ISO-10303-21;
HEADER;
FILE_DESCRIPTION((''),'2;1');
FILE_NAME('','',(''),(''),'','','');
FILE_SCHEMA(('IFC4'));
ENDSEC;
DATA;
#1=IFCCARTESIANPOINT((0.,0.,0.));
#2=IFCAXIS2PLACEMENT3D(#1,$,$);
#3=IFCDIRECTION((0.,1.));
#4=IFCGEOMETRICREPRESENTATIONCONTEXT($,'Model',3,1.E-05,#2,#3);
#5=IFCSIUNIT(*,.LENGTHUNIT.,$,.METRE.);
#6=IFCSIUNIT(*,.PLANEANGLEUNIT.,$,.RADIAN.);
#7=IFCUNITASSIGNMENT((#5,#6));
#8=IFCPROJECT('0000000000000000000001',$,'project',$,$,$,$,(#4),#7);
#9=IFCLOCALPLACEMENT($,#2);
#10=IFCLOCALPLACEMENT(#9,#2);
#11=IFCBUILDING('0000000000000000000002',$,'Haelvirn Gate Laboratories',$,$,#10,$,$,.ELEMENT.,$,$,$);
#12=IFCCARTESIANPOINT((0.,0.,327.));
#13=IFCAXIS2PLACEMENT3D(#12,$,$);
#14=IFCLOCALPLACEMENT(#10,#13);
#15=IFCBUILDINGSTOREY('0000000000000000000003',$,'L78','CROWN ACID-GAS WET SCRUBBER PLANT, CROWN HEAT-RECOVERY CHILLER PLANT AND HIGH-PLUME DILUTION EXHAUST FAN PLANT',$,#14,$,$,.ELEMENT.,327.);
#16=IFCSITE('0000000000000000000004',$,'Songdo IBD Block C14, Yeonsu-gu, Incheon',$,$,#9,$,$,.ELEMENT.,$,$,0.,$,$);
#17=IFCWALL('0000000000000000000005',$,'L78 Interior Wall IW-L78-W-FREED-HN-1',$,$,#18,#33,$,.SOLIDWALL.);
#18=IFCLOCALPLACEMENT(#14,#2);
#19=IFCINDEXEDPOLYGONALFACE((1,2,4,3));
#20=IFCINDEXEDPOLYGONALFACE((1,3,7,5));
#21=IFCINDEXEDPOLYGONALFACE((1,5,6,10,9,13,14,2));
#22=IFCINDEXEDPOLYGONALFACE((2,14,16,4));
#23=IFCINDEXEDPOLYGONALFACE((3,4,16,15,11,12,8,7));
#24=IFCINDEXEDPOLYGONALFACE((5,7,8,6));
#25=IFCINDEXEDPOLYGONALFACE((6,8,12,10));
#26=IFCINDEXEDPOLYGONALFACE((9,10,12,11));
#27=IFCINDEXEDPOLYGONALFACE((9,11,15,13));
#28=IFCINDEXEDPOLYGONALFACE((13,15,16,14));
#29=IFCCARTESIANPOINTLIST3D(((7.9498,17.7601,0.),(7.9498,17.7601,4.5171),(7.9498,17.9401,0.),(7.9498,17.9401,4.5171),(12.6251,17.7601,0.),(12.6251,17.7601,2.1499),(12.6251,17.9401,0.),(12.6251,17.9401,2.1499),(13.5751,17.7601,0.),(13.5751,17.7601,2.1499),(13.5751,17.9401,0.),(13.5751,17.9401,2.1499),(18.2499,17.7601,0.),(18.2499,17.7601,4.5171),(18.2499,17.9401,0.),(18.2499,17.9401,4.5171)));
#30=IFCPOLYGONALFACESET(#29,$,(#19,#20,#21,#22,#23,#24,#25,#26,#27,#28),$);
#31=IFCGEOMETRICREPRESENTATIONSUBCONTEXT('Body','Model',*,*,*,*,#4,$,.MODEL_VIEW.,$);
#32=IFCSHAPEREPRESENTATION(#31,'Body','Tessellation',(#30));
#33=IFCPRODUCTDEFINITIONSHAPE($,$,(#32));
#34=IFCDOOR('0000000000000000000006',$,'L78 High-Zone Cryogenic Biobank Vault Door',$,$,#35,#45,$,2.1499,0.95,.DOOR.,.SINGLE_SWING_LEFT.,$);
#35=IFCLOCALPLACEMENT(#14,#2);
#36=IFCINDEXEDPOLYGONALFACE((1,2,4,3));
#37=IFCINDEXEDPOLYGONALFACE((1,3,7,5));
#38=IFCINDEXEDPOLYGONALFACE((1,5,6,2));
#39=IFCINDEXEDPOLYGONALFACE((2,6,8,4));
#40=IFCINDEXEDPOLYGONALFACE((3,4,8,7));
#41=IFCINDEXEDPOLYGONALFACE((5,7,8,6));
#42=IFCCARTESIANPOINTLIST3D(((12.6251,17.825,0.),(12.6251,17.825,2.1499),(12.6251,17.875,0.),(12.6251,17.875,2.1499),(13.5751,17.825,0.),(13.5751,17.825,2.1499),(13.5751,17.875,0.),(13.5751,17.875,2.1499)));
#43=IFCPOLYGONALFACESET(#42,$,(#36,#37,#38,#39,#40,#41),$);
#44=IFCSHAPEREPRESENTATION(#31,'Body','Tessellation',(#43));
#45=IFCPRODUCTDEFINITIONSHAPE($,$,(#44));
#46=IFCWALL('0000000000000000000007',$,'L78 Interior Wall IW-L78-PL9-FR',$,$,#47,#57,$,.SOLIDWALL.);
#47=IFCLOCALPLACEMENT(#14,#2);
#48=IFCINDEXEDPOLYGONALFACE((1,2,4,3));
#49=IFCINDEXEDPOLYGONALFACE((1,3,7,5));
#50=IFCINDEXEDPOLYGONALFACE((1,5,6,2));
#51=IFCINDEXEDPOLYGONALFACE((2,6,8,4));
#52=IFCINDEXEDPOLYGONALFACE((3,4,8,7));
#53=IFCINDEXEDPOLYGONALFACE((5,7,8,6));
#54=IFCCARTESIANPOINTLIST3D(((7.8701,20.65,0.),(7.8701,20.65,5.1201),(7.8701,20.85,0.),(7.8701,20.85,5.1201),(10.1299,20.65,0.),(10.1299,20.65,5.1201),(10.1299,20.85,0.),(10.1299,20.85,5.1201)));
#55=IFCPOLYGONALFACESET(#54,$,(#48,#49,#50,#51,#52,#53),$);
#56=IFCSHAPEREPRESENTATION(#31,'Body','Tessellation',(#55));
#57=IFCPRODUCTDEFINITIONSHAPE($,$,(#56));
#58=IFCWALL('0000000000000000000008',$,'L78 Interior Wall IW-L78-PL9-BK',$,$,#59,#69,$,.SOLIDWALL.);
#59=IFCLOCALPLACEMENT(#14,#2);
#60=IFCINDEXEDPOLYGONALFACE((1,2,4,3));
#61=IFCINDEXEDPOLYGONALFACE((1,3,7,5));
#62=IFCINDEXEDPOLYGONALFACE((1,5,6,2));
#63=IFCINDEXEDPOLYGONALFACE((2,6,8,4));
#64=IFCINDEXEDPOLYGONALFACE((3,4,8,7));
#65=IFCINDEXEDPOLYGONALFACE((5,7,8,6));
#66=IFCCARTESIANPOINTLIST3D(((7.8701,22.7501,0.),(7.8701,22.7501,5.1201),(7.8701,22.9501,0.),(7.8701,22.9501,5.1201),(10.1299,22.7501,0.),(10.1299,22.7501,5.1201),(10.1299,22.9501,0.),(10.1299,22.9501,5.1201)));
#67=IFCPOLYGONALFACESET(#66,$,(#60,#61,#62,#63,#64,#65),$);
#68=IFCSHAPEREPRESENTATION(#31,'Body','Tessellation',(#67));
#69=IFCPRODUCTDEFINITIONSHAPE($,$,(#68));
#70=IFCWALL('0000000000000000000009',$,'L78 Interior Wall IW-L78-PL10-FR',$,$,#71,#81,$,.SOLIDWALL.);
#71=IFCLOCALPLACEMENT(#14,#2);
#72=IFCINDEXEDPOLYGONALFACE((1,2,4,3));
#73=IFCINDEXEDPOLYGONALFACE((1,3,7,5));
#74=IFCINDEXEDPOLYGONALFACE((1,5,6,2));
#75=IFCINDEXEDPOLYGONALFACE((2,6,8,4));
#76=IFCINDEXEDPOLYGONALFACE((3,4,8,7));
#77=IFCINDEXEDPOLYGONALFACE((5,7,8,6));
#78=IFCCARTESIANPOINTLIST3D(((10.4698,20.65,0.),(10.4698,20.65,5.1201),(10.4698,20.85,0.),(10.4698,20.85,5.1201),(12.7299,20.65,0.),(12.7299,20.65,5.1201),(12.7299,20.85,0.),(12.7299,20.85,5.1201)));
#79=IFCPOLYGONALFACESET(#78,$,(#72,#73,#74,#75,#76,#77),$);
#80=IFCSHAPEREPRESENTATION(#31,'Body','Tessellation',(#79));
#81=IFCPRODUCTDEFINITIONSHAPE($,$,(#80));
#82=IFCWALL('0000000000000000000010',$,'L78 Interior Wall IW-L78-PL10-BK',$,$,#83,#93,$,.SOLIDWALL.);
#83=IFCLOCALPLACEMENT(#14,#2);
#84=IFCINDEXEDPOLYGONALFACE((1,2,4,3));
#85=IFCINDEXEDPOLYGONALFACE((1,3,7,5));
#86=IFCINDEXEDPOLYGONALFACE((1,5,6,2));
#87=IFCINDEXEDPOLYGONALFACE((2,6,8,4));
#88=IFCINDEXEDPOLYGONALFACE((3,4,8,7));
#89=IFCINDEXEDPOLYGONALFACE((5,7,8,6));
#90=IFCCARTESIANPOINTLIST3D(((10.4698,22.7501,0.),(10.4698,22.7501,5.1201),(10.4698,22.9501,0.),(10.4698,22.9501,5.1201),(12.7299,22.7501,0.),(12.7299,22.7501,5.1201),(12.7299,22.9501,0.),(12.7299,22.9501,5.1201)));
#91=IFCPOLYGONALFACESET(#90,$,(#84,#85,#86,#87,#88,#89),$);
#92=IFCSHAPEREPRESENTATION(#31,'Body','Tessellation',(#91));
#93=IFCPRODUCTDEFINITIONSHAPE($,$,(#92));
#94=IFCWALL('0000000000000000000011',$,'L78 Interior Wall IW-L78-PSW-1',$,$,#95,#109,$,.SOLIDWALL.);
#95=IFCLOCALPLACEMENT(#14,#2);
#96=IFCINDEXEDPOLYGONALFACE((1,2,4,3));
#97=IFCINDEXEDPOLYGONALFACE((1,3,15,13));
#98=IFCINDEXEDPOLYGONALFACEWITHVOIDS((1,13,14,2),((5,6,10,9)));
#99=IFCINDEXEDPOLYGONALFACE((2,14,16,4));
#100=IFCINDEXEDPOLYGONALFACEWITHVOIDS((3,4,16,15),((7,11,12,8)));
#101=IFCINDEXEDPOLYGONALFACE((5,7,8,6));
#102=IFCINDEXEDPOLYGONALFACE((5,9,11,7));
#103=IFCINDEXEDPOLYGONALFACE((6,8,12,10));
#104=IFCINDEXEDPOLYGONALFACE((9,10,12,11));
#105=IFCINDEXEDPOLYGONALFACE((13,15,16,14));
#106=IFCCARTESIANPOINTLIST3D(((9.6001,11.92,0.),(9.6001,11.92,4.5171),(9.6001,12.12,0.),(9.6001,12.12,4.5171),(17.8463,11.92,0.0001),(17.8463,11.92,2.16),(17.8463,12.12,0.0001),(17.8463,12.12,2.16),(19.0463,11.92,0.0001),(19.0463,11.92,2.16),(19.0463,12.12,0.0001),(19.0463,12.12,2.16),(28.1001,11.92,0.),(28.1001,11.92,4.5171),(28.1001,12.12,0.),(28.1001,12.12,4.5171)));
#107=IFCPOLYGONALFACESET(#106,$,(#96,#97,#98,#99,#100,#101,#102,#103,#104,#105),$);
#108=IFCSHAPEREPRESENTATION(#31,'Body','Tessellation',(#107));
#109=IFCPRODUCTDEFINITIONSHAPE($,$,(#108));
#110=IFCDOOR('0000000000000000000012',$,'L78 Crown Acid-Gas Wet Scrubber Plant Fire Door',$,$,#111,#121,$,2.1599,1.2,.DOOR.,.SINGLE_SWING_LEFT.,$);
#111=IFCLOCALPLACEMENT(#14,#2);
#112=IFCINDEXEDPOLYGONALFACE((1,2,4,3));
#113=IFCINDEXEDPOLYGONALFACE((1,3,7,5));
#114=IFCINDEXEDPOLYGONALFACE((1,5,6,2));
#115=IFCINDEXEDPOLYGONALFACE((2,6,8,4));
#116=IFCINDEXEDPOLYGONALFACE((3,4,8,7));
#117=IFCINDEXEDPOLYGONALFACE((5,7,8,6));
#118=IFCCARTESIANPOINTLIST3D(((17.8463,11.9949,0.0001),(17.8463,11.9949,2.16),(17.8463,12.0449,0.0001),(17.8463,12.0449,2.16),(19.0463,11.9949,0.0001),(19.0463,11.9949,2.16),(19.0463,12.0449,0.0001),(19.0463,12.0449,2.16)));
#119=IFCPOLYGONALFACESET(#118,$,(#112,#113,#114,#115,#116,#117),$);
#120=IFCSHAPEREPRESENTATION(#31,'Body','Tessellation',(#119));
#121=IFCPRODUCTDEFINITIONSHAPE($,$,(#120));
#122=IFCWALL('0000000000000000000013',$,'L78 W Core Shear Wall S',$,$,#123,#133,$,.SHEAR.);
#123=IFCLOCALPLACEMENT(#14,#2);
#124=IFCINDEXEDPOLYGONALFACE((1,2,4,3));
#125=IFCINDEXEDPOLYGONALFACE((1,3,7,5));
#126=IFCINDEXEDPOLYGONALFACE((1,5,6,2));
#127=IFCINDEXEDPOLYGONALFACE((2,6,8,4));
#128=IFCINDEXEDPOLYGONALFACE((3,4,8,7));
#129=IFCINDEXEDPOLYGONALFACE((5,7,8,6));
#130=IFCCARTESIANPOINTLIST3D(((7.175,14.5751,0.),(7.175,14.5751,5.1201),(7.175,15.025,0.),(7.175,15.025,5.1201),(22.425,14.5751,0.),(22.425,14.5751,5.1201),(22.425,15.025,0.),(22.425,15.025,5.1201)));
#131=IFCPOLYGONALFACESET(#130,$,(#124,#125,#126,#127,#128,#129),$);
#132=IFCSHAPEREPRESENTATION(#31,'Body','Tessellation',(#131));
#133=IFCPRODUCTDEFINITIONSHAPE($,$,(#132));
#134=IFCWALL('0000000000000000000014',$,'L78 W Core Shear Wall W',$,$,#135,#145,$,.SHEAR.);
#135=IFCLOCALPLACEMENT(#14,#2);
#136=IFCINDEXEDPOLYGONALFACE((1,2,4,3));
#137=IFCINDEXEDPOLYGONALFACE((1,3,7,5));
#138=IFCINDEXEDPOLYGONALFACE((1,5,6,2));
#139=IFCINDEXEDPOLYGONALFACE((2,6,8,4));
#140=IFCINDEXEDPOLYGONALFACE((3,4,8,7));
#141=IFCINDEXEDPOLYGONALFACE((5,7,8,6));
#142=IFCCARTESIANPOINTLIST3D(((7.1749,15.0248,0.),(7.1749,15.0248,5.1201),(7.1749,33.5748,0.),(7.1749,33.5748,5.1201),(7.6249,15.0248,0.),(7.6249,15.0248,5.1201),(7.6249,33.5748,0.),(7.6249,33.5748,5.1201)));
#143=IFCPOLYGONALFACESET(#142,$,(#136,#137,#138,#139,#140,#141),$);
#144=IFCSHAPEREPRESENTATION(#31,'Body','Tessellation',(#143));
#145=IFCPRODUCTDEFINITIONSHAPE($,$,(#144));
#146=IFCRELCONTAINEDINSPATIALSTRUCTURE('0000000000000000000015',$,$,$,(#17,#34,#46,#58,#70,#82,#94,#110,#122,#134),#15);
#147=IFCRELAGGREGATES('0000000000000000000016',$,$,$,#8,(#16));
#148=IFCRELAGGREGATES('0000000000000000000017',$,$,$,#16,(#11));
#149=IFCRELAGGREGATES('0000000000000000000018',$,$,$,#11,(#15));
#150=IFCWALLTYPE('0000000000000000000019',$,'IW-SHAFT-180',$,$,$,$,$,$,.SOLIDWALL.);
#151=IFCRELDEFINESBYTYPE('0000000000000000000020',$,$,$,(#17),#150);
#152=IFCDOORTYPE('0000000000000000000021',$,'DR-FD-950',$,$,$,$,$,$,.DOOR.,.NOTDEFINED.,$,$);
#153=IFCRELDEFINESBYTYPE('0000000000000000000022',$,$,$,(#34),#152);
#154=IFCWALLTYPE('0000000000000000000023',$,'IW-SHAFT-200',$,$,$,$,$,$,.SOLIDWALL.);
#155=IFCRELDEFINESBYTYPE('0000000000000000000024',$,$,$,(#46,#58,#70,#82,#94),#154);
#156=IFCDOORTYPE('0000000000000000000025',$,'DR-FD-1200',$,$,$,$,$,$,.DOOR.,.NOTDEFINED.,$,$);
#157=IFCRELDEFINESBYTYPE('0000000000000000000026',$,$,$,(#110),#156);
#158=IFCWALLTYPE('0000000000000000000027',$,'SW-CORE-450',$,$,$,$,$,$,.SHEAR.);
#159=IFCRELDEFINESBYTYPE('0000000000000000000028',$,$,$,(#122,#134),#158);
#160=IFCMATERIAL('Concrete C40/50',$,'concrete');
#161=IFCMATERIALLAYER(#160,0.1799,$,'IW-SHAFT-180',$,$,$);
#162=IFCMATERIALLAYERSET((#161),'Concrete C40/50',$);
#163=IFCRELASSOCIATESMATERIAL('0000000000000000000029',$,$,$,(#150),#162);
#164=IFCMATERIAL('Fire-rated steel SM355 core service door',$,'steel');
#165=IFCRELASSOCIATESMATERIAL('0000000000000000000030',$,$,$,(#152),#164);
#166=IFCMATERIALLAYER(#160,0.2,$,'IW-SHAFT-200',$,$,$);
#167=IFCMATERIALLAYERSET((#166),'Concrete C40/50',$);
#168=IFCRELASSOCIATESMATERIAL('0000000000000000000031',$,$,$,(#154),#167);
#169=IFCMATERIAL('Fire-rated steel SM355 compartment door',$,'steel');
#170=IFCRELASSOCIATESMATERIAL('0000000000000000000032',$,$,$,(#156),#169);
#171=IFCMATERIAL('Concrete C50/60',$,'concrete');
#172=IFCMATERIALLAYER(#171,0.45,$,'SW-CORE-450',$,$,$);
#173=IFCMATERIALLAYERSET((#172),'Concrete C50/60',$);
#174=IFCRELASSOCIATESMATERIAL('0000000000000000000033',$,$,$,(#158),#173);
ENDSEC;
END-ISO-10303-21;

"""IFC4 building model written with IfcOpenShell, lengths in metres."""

from ifc_helpers import new_model, si_unit, direction, frame, frame_2d, origin, place, context, subcontext, project, spatial, rectangle, extrude, source, transform, mapped, material, layer, layer_set, type_object, type_shapes, element, fill, save


model = new_model("IFC4")

# Units and contexts
model_context = context("Model", 3, precision=1e-05, world=origin(), true_north=direction((0.0, 1.0)))
body_context = subcontext(model_context, "Body", "Model", "MODEL_VIEW")
ifc_project = project(units=[si_unit("LENGTHUNIT", "METRE"), si_unit("PLANEANGLEUNIT", "RADIAN")], contexts=[model_context])

# Site, building, storey
site_placement = place(None, origin())
site = spatial("IfcSite", under=ifc_project, at=site_placement, Name="Songdo IBD Block C14, Yeonsu-gu, Incheon", CompositionType="ELEMENT", RefElevation=0.0)
building_placement = place(site_placement, origin())
building = spatial("IfcBuilding", under=site, at=building_placement, Name="Haelvirn Gate Laboratories", CompositionType="ELEMENT")
storey_placement = place(building_placement, frame((0.0, 0.0, 327.0)))
storey = spatial("IfcBuildingStorey", under=building, at=storey_placement, Name="L78", Description="CROWN ACID-GAS WET SCRUBBER PLANT, CROWN HEAT-RECOVERY CHILLER PLANT AND HIGH-PLUME DILUTION EXHAUST FAN PLANT", CompositionType="ELEMENT", Elevation=327.0)

# Shared definitions
ifc_material_1 = material(Name="Concrete C50/60", Category="concrete")

# Shared definitions
ifc_material_2 = material(Name="Concrete C40/50", Category="concrete")
ifc_layer_1 = layer(ifc_material_2, 0.1799, Name="IW-SHAFT-180")
ifc_layer_set_1 = layer_set([ifc_layer_1], Name="Concrete C40/50")
wall_type_1 = type_object("IfcWallType", Name="IW-SHAFT-180", PredefinedType="SOLIDWALL", material=ifc_layer_set_1)

# Wall, opening, door
wall_1_placement = place(storey_placement, frame((7.95, 17.8501, 0.0), z_axis=(0.0, 0.0, 1.0), x_axis=(1.0, 0.0, 0.0)))
wall_1 = element("IfcWall", 1, at=wall_1_placement, inside=storey, type_object=wall_type_1, Name="L78 Interior Wall IW-L78-W-FREED-HN-1", PredefinedType="SOLIDWALL", context=body_context, shape_type="SweptSolid", body=[
    extrude(rectangle(XDim=10.3, YDim=0.1799, at=frame_2d((5.1499, 0.0))), origin(), (0.0, 0.0, 1.0), 4.5171),
])
opening_1_placement = place(wall_1_placement, frame((4.675, 0.0, 0.0)))
opening_1 = element("IfcOpeningElement", 2, at=opening_1_placement, cuts=wall_1, PredefinedType="OPENING", context=body_context, shape_type="SweptSolid", body=[
    extrude(rectangle(XDim=0.95, YDim=2.1499, at=frame_2d((0.4751, 1.075))), frame((0.0, 0.1001, 0.0), z_axis=(0.0, -1.0, 0.0), x_axis=(1.0, 0.0, 0.0)), (0.0, 0.0, 1.0), 0.2),
])
ifc_material_3 = material(Name="Fire-rated steel SM355 core service door", Category="steel")
door_type_1 = type_object("IfcDoorType", Name="DR-FD-950", OperationType="NOTDEFINED", PredefinedType="DOOR", material=ifc_material_3)
shared_shape_1 = source(origin(), body_context, "Body", "SweptSolid", [
    extrude(rectangle(XDim=0.95, YDim=2.1499, at=frame_2d((0.4751, 1.075))), frame((0.0, 0.0249, 0.0), z_axis=(0.0, -1.0, 0.0), x_axis=(1.0, 0.0, 0.0)), (0.0, 0.0, 1.0), 0.05),
])
type_shapes(door_type_1, [shared_shape_1])
door_1_placement = place(opening_1_placement, origin())
door_1 = element("IfcDoor", 3, at=door_1_placement, inside=storey, type_object=door_type_1, Name="L78 High-Zone Cryogenic Biobank Vault Door", OperationType="SINGLE_SWING_LEFT", OverallHeight=2.1499, OverallWidth=0.95, PredefinedType="DOOR", context=body_context, shape_type="MappedRepresentation", body=[
    mapped(shared_shape_1, transform((0.0, 0.0, 0.0), scale=1.0)),
])
fill(opening_1, door_1)

# Walls
ifc_layer_2 = layer(ifc_material_2, 0.2, Name="IW-SHAFT-200")
ifc_layer_set_2 = layer_set([ifc_layer_2], Name="Concrete C40/50")
wall_type_2 = type_object("IfcWallType", Name="IW-SHAFT-200", PredefinedType="SOLIDWALL", material=ifc_layer_set_2)
for number, where, z_axis, x_axis, name in (
    (4, (7.8701, 20.75, 0.0), (0.0, 0.0, 1.0), (1.0, 0.0, 0.0), "L78 Interior Wall IW-L78-PL9-FR"),
    (5, (7.8701, 22.8501, 0.0), (0.0, 0.0, 1.0), (1.0, 0.0, 0.0), "L78 Interior Wall IW-L78-PL9-BK"),
):
    element("IfcWall", number, at=place(storey_placement, frame(where, z_axis=z_axis, x_axis=x_axis)), inside=storey, type_object=wall_type_2, Name=name, PredefinedType="SOLIDWALL", context=body_context, shape_type="SweptSolid", body=[
        extrude(rectangle(XDim=2.2598, YDim=0.2, at=frame_2d((1.1299, 0.0))), origin(), (0.0, 0.0, 1.0), 5.1201),
    ])
for number, where, z_axis, x_axis, name in (
    (6, (10.47, 20.75, 0.0), (0.0, 0.0, 1.0), (1.0, 0.0, 0.0), "L78 Interior Wall IW-L78-PL10-FR"),
    (7, (10.47, 22.8501, 0.0), (0.0, 0.0, 1.0), (1.0, 0.0, 0.0), "L78 Interior Wall IW-L78-PL10-BK"),
):
    element("IfcWall", number, at=place(storey_placement, frame(where, z_axis=z_axis, x_axis=x_axis)), inside=storey, type_object=wall_type_2, Name=name, PredefinedType="SOLIDWALL", context=body_context, shape_type="SweptSolid", body=[
        extrude(rectangle(XDim=2.26, YDim=0.2, at=frame_2d((1.1299, 0.0))), origin(), (0.0, 0.0, 1.0), 5.1201),
    ])

# Wall, opening, door
wall_2_placement = place(storey_placement, frame((9.6001, 12.02, 0.0), z_axis=(0.0, 0.0, 1.0), x_axis=(1.0, 0.0, 0.0)))
wall_2 = element("IfcWall", 8, at=wall_2_placement, inside=storey, type_object=wall_type_2, Name="L78 Interior Wall IW-L78-PSW-1", PredefinedType="SOLIDWALL", context=body_context, shape_type="SweptSolid", body=[
    extrude(rectangle(XDim=18.5, YDim=0.2, at=frame_2d((9.25, 0.0))), origin(), (0.0, 0.0, 1.0), 4.5171),
])
opening_2_placement = place(wall_2_placement, frame((8.2461, 0.0, 0.0)))
opening_2 = element("IfcOpeningElement", 9, at=opening_2_placement, cuts=wall_2, PredefinedType="OPENING", context=body_context, shape_type="SweptSolid", body=[
    extrude(rectangle(XDim=1.2, YDim=2.1599, at=frame_2d((0.6001, 1.0801))), frame((0.0, 0.1099, 0.0), z_axis=(0.0, -1.0, 0.0), x_axis=(1.0, 0.0, 0.0)), (0.0, 0.0, 1.0), 0.22),
])
ifc_material_4 = material(Name="Fire-rated steel SM355 compartment door", Category="steel")
door_type_2 = type_object("IfcDoorType", Name="DR-FD-1200", OperationType="NOTDEFINED", PredefinedType="DOOR", material=ifc_material_4)
shared_shape_2 = source(origin(), body_context, "Body", "SweptSolid", [
    extrude(rectangle(XDim=1.2, YDim=2.1599, at=frame_2d((0.6001, 1.0801))), frame((0.0, 0.0249, 0.0), z_axis=(0.0, -1.0, 0.0), x_axis=(1.0, 0.0, 0.0)), (0.0, 0.0, 1.0), 0.05),
])
type_shapes(door_type_2, [shared_shape_2])
door_2_placement = place(opening_2_placement, origin())
door_2 = element("IfcDoor", 10, at=door_2_placement, inside=storey, type_object=door_type_2, Name="L78 Crown Acid-Gas Wet Scrubber Plant Fire Door", OperationType="SINGLE_SWING_LEFT", OverallHeight=2.1599, OverallWidth=1.2, PredefinedType="DOOR", context=body_context, shape_type="MappedRepresentation", body=[
    mapped(shared_shape_2, transform((0.0, 0.0, 0.0), scale=1.0)),
])
fill(opening_2, door_2)

# Walls
ifc_layer_3 = layer(ifc_material_1, 0.45, Name="SW-CORE-450")
ifc_layer_set_3 = layer_set([ifc_layer_3], Name="Concrete C50/60")
wall_type_3 = type_object("IfcWallType", Name="SW-CORE-450", PredefinedType="SHEAR", material=ifc_layer_set_3)
wall_3_placement = place(storey_placement, frame((7.175, 14.8, 0.0), z_axis=(0.0, 0.0, 1.0), x_axis=(1.0, 0.0, 0.0)))
element("IfcWall", 11, at=wall_3_placement, inside=storey, type_object=wall_type_3, Name="L78 W Core Shear Wall S", PredefinedType="SHEAR", context=body_context, shape_type="SweptSolid", body=[
    extrude(rectangle(XDim=15.25, YDim=0.45, at=frame_2d((7.625, 0.0))), origin(), (0.0, 0.0, 1.0), 5.1201),
])
wall_4_placement = place(storey_placement, frame((7.3999, 15.0249, 0.0), z_axis=(0.0, 0.0, 1.0), x_axis=(0.0, 1.0, 0.0)))
element("IfcWall", 12, at=wall_4_placement, inside=storey, type_object=wall_type_3, Name="L78 W Core Shear Wall W", PredefinedType="SHEAR", context=body_context, shape_type="SweptSolid", body=[
    extrude(rectangle(XDim=18.55, YDim=0.45, at=frame_2d((9.2749, 0.0))), origin(), (0.0, 0.0, 1.0), 5.1201),
])

save(model, "model.ifc")
